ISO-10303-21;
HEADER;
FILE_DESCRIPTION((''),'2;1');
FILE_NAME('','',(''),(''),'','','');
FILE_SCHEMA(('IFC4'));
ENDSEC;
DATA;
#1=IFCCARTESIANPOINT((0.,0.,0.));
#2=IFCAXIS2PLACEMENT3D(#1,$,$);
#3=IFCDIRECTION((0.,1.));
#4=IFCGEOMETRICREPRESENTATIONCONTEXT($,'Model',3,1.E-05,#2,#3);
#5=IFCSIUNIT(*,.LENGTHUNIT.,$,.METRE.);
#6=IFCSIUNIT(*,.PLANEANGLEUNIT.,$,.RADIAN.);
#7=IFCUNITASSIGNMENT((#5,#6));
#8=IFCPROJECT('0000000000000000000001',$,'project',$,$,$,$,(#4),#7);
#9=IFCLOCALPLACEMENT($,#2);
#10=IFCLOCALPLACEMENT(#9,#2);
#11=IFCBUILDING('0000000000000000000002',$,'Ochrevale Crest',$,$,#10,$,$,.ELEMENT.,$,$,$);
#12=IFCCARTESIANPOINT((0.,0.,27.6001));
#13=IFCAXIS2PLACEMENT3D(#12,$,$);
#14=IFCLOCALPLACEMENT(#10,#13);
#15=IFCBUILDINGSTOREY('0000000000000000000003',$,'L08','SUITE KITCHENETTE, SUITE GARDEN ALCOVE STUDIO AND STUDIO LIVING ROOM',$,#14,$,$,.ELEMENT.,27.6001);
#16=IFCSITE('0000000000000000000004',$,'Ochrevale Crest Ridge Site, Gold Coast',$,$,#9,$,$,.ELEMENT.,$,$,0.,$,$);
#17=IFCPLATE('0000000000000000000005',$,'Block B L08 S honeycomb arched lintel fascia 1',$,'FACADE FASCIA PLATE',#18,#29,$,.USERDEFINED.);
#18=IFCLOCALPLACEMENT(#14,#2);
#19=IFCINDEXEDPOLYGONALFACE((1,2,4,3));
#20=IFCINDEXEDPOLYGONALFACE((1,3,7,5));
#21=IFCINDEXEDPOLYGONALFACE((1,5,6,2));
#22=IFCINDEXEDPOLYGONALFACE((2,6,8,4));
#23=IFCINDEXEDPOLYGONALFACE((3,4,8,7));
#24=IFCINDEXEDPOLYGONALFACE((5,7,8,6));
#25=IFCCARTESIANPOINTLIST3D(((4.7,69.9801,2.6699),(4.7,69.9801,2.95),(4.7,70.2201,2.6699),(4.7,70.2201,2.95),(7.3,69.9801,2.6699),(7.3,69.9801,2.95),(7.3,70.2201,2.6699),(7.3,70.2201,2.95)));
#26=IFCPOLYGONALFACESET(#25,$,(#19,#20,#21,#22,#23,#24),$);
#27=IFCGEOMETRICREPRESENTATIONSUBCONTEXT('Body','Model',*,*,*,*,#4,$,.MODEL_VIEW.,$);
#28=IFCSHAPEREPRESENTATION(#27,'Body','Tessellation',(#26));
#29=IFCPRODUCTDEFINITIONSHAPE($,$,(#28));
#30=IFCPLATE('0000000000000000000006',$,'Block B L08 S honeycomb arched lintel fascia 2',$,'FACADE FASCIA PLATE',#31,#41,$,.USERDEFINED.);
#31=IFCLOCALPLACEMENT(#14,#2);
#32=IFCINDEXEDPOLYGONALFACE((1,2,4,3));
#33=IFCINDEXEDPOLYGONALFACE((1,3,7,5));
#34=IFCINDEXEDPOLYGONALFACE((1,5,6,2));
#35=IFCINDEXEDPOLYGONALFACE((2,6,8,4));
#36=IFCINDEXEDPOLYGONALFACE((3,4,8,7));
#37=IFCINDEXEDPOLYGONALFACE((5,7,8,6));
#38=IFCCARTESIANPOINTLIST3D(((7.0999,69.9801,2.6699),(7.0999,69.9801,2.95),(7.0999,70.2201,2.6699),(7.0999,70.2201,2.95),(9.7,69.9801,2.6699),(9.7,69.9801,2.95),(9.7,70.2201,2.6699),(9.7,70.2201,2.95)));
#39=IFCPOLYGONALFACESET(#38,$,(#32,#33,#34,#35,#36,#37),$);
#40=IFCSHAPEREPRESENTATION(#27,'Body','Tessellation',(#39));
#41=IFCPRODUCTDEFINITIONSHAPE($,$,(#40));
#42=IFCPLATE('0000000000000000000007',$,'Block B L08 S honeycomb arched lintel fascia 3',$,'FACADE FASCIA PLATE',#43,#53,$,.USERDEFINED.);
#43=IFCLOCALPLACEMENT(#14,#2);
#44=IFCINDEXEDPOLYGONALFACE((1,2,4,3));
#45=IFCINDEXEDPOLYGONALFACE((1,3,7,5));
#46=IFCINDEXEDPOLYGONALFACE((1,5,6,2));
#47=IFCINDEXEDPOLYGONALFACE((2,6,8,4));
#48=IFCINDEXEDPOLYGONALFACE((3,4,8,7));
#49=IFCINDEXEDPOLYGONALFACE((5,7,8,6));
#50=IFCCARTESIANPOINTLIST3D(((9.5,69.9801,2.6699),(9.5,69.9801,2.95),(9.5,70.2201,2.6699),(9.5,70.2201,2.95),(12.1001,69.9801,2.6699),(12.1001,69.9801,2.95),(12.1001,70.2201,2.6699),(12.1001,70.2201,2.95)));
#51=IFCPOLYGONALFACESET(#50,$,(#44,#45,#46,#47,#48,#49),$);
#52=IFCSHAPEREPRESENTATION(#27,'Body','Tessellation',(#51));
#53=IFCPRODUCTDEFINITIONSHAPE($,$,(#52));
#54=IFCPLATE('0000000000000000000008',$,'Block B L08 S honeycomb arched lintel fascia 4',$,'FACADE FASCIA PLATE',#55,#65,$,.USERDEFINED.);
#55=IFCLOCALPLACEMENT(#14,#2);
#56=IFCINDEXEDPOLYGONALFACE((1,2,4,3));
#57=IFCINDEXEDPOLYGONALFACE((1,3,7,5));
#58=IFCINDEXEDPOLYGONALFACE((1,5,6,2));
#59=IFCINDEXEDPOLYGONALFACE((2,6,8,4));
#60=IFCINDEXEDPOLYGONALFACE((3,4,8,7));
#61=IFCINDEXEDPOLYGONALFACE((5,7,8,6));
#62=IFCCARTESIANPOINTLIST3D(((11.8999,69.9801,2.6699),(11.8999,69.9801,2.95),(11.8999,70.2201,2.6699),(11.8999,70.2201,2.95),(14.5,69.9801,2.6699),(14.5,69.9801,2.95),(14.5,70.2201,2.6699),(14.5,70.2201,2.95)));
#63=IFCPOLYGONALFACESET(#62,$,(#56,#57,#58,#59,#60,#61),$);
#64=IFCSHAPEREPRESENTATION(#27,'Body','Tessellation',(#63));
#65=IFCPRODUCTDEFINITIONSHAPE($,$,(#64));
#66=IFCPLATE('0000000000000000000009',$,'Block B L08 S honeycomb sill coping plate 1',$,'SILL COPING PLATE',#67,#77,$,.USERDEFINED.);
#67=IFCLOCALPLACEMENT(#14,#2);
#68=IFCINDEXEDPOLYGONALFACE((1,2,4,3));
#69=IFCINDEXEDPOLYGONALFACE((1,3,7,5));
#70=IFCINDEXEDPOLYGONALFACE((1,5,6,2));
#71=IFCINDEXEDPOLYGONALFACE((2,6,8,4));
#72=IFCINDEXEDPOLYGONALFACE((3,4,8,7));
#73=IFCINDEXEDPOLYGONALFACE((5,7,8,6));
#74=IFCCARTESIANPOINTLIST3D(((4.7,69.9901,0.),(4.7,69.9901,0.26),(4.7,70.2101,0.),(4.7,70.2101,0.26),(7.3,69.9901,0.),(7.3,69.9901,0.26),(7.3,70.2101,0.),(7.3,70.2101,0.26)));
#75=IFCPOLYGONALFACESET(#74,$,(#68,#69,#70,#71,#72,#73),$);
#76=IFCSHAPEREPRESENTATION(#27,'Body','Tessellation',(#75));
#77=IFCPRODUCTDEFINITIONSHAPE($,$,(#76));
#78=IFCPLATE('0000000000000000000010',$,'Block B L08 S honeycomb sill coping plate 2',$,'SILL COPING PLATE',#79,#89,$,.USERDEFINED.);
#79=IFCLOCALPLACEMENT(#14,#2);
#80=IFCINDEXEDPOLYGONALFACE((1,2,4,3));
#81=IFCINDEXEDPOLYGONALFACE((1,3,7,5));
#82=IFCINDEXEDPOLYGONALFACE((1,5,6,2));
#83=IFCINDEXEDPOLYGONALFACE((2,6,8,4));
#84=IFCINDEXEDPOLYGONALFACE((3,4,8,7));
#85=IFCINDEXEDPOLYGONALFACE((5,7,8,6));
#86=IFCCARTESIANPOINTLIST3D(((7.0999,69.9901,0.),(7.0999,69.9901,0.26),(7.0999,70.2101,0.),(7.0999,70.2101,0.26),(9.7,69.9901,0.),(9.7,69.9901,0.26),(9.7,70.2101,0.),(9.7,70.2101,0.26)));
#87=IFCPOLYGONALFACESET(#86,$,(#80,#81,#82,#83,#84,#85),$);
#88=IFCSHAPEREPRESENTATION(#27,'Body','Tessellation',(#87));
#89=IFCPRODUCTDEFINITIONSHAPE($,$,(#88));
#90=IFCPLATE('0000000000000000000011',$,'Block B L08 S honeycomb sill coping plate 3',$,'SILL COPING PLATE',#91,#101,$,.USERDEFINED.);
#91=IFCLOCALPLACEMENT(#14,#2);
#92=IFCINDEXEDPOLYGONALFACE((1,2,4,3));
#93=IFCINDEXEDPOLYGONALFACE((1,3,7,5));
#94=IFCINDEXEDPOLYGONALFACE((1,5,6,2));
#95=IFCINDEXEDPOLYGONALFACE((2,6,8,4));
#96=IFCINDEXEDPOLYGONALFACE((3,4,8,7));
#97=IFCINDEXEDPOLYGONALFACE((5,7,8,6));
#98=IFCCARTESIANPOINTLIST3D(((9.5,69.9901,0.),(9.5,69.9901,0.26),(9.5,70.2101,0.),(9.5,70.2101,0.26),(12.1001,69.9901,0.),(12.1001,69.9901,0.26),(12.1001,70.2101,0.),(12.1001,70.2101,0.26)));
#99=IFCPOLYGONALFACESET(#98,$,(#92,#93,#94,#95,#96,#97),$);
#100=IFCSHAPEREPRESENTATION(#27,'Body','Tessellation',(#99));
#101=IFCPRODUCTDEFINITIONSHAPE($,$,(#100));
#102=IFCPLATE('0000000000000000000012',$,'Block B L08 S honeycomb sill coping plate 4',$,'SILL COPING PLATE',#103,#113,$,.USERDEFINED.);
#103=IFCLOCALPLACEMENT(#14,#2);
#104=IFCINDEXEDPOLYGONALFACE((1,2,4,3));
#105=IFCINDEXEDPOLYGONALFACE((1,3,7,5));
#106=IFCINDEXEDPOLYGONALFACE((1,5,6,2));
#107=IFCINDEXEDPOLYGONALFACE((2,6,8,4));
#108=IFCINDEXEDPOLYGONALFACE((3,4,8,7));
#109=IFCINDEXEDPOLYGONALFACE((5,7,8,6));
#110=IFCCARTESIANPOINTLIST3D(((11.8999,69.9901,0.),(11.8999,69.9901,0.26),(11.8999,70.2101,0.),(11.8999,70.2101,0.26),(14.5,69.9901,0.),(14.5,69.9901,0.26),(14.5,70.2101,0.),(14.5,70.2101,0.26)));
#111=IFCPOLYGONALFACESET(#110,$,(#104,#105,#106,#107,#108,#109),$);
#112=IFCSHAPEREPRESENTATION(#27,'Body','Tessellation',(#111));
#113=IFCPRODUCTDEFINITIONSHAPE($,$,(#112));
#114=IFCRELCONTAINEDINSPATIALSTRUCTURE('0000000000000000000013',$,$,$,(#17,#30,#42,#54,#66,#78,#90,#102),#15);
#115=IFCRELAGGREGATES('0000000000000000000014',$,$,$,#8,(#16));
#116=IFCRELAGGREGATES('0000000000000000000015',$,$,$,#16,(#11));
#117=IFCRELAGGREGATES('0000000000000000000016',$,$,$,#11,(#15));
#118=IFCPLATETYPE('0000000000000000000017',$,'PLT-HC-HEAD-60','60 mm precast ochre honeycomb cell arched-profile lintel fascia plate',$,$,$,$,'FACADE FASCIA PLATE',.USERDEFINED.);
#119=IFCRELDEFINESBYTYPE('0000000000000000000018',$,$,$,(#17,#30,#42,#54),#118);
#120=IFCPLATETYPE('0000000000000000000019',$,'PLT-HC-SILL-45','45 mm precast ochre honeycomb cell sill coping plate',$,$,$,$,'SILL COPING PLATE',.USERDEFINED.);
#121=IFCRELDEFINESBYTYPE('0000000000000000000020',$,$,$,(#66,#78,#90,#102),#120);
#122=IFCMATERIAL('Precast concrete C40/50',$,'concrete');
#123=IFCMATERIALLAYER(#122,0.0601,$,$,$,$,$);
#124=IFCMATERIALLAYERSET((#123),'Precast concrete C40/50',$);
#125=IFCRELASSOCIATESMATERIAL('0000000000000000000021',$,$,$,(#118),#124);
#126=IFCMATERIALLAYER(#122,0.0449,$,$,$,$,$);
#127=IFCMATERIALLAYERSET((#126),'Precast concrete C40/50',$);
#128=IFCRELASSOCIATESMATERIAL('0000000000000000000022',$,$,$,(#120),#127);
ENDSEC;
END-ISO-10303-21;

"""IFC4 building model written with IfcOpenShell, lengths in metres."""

from ifc_helpers import new_model, si_unit, direction, frame, origin, origin_2d, place, context, subcontext, project, spatial, rectangle, extrude, material, layer, layer_set, type_object, element, save


model = new_model("IFC4")

# Units and contexts
model_context = context("Model", 3, precision=1e-05, world=origin(), true_north=direction((0.0, 1.0)))
body_context = subcontext(model_context, "Body", "Model", "MODEL_VIEW")
ifc_project = project(units=[si_unit("LENGTHUNIT", "METRE"), si_unit("PLANEANGLEUNIT", "RADIAN")], contexts=[model_context])

# Site, building, storey
site_placement = place(None, origin())
site = spatial("IfcSite", under=ifc_project, at=site_placement, Name="Ochrevale Crest Ridge Site, Gold Coast", CompositionType="ELEMENT", RefElevation=0.0)
building_placement = place(site_placement, origin())
building = spatial("IfcBuilding", under=site, at=building_placement, Name="Ochrevale Crest", CompositionType="ELEMENT")
storey_placement = place(building_placement, frame((0.0, 0.0, 27.6001)))
storey = spatial("IfcBuildingStorey", under=building, at=storey_placement, Name="L08", Description="SUITE KITCHENETTE, SUITE GARDEN ALCOVE STUDIO AND STUDIO LIVING ROOM", CompositionType="ELEMENT", Elevation=27.6001)

# Shared definitions
ifc_material_1 = material(Name="Precast concrete C40/50", Category="concrete")

# Plates
ifc_layer_1 = layer(ifc_material_1, 0.0601)
ifc_layer_set_1 = layer_set([ifc_layer_1], Name="Precast concrete C40/50")
plate_type_1 = type_object("IfcPlateType", Name="PLT-HC-HEAD-60", Description="60 mm precast ochre honeycomb cell arched-profile lintel fascia plate", ElementType="FACADE FASCIA PLATE", PredefinedType="USERDEFINED", material=ifc_layer_set_1)
for number, where, z_axis, x_axis, name in (
    (1, (6.0, 70.1001, 2.6699), (0.0, 0.0, 1.0), (1.0, 0.0, 0.0), "Block B L08 S honeycomb arched lintel fascia 1"),
    (2, (8.3999, 70.1001, 2.6699), (0.0, 0.0, 1.0), (1.0, 0.0, 0.0), "Block B L08 S honeycomb arched lintel fascia 2"),
    (3, (10.8, 70.1001, 2.6699), (0.0, 0.0, 1.0), (1.0, 0.0, 0.0), "Block B L08 S honeycomb arched lintel fascia 3"),
    (4, (13.2, 70.1001, 2.6699), (0.0, 0.0, 1.0), (1.0, 0.0, 0.0), "Block B L08 S honeycomb arched lintel fascia 4"),
):
    element("IfcPlate", number, at=place(storey_placement, frame(where, z_axis=z_axis, x_axis=x_axis)), inside=storey, type_object=plate_type_1, Name=name, ObjectType="FACADE FASCIA PLATE", PredefinedType="USERDEFINED", context=body_context, shape_type="SweptSolid", body=[
        extrude(rectangle(XDim=2.6001, YDim=0.24, at=origin_2d()), origin(), (0.0, 0.0, 1.0), 0.28),
    ])
ifc_layer_2 = layer(ifc_material_1, 0.0449)
ifc_layer_set_2 = layer_set([ifc_layer_2], Name="Precast concrete C40/50")
plate_type_2 = type_object("IfcPlateType", Name="PLT-HC-SILL-45", Description="45 mm precast ochre honeycomb cell sill coping plate", ElementType="SILL COPING PLATE", PredefinedType="USERDEFINED", material=ifc_layer_set_2)
for number, where, z_axis, x_axis, name in (
    (5, (6.0, 70.1001, 0.0), (0.0, 0.0, 1.0), (1.0, 0.0, 0.0), "Block B L08 S honeycomb sill coping plate 1"),
    (6, (8.3999, 70.1001, 0.0), (0.0, 0.0, 1.0), (1.0, 0.0, 0.0), "Block B L08 S honeycomb sill coping plate 2"),
    (7, (10.8, 70.1001, 0.0), (0.0, 0.0, 1.0), (1.0, 0.0, 0.0), "Block B L08 S honeycomb sill coping plate 3"),
    (8, (13.2, 70.1001, 0.0), (0.0, 0.0, 1.0), (1.0, 0.0, 0.0), "Block B L08 S honeycomb sill coping plate 4"),
):
    element("IfcPlate", number, at=place(storey_placement, frame(where, z_axis=z_axis, x_axis=x_axis)), inside=storey, type_object=plate_type_2, Name=name, ObjectType="SILL COPING PLATE", PredefinedType="USERDEFINED", context=body_context, shape_type="SweptSolid", body=[
        extrude(rectangle(XDim=2.6001, YDim=0.22, at=origin_2d()), origin(), (0.0, 0.0, 1.0), 0.26),
    ])

save(model, "model.ifc")
